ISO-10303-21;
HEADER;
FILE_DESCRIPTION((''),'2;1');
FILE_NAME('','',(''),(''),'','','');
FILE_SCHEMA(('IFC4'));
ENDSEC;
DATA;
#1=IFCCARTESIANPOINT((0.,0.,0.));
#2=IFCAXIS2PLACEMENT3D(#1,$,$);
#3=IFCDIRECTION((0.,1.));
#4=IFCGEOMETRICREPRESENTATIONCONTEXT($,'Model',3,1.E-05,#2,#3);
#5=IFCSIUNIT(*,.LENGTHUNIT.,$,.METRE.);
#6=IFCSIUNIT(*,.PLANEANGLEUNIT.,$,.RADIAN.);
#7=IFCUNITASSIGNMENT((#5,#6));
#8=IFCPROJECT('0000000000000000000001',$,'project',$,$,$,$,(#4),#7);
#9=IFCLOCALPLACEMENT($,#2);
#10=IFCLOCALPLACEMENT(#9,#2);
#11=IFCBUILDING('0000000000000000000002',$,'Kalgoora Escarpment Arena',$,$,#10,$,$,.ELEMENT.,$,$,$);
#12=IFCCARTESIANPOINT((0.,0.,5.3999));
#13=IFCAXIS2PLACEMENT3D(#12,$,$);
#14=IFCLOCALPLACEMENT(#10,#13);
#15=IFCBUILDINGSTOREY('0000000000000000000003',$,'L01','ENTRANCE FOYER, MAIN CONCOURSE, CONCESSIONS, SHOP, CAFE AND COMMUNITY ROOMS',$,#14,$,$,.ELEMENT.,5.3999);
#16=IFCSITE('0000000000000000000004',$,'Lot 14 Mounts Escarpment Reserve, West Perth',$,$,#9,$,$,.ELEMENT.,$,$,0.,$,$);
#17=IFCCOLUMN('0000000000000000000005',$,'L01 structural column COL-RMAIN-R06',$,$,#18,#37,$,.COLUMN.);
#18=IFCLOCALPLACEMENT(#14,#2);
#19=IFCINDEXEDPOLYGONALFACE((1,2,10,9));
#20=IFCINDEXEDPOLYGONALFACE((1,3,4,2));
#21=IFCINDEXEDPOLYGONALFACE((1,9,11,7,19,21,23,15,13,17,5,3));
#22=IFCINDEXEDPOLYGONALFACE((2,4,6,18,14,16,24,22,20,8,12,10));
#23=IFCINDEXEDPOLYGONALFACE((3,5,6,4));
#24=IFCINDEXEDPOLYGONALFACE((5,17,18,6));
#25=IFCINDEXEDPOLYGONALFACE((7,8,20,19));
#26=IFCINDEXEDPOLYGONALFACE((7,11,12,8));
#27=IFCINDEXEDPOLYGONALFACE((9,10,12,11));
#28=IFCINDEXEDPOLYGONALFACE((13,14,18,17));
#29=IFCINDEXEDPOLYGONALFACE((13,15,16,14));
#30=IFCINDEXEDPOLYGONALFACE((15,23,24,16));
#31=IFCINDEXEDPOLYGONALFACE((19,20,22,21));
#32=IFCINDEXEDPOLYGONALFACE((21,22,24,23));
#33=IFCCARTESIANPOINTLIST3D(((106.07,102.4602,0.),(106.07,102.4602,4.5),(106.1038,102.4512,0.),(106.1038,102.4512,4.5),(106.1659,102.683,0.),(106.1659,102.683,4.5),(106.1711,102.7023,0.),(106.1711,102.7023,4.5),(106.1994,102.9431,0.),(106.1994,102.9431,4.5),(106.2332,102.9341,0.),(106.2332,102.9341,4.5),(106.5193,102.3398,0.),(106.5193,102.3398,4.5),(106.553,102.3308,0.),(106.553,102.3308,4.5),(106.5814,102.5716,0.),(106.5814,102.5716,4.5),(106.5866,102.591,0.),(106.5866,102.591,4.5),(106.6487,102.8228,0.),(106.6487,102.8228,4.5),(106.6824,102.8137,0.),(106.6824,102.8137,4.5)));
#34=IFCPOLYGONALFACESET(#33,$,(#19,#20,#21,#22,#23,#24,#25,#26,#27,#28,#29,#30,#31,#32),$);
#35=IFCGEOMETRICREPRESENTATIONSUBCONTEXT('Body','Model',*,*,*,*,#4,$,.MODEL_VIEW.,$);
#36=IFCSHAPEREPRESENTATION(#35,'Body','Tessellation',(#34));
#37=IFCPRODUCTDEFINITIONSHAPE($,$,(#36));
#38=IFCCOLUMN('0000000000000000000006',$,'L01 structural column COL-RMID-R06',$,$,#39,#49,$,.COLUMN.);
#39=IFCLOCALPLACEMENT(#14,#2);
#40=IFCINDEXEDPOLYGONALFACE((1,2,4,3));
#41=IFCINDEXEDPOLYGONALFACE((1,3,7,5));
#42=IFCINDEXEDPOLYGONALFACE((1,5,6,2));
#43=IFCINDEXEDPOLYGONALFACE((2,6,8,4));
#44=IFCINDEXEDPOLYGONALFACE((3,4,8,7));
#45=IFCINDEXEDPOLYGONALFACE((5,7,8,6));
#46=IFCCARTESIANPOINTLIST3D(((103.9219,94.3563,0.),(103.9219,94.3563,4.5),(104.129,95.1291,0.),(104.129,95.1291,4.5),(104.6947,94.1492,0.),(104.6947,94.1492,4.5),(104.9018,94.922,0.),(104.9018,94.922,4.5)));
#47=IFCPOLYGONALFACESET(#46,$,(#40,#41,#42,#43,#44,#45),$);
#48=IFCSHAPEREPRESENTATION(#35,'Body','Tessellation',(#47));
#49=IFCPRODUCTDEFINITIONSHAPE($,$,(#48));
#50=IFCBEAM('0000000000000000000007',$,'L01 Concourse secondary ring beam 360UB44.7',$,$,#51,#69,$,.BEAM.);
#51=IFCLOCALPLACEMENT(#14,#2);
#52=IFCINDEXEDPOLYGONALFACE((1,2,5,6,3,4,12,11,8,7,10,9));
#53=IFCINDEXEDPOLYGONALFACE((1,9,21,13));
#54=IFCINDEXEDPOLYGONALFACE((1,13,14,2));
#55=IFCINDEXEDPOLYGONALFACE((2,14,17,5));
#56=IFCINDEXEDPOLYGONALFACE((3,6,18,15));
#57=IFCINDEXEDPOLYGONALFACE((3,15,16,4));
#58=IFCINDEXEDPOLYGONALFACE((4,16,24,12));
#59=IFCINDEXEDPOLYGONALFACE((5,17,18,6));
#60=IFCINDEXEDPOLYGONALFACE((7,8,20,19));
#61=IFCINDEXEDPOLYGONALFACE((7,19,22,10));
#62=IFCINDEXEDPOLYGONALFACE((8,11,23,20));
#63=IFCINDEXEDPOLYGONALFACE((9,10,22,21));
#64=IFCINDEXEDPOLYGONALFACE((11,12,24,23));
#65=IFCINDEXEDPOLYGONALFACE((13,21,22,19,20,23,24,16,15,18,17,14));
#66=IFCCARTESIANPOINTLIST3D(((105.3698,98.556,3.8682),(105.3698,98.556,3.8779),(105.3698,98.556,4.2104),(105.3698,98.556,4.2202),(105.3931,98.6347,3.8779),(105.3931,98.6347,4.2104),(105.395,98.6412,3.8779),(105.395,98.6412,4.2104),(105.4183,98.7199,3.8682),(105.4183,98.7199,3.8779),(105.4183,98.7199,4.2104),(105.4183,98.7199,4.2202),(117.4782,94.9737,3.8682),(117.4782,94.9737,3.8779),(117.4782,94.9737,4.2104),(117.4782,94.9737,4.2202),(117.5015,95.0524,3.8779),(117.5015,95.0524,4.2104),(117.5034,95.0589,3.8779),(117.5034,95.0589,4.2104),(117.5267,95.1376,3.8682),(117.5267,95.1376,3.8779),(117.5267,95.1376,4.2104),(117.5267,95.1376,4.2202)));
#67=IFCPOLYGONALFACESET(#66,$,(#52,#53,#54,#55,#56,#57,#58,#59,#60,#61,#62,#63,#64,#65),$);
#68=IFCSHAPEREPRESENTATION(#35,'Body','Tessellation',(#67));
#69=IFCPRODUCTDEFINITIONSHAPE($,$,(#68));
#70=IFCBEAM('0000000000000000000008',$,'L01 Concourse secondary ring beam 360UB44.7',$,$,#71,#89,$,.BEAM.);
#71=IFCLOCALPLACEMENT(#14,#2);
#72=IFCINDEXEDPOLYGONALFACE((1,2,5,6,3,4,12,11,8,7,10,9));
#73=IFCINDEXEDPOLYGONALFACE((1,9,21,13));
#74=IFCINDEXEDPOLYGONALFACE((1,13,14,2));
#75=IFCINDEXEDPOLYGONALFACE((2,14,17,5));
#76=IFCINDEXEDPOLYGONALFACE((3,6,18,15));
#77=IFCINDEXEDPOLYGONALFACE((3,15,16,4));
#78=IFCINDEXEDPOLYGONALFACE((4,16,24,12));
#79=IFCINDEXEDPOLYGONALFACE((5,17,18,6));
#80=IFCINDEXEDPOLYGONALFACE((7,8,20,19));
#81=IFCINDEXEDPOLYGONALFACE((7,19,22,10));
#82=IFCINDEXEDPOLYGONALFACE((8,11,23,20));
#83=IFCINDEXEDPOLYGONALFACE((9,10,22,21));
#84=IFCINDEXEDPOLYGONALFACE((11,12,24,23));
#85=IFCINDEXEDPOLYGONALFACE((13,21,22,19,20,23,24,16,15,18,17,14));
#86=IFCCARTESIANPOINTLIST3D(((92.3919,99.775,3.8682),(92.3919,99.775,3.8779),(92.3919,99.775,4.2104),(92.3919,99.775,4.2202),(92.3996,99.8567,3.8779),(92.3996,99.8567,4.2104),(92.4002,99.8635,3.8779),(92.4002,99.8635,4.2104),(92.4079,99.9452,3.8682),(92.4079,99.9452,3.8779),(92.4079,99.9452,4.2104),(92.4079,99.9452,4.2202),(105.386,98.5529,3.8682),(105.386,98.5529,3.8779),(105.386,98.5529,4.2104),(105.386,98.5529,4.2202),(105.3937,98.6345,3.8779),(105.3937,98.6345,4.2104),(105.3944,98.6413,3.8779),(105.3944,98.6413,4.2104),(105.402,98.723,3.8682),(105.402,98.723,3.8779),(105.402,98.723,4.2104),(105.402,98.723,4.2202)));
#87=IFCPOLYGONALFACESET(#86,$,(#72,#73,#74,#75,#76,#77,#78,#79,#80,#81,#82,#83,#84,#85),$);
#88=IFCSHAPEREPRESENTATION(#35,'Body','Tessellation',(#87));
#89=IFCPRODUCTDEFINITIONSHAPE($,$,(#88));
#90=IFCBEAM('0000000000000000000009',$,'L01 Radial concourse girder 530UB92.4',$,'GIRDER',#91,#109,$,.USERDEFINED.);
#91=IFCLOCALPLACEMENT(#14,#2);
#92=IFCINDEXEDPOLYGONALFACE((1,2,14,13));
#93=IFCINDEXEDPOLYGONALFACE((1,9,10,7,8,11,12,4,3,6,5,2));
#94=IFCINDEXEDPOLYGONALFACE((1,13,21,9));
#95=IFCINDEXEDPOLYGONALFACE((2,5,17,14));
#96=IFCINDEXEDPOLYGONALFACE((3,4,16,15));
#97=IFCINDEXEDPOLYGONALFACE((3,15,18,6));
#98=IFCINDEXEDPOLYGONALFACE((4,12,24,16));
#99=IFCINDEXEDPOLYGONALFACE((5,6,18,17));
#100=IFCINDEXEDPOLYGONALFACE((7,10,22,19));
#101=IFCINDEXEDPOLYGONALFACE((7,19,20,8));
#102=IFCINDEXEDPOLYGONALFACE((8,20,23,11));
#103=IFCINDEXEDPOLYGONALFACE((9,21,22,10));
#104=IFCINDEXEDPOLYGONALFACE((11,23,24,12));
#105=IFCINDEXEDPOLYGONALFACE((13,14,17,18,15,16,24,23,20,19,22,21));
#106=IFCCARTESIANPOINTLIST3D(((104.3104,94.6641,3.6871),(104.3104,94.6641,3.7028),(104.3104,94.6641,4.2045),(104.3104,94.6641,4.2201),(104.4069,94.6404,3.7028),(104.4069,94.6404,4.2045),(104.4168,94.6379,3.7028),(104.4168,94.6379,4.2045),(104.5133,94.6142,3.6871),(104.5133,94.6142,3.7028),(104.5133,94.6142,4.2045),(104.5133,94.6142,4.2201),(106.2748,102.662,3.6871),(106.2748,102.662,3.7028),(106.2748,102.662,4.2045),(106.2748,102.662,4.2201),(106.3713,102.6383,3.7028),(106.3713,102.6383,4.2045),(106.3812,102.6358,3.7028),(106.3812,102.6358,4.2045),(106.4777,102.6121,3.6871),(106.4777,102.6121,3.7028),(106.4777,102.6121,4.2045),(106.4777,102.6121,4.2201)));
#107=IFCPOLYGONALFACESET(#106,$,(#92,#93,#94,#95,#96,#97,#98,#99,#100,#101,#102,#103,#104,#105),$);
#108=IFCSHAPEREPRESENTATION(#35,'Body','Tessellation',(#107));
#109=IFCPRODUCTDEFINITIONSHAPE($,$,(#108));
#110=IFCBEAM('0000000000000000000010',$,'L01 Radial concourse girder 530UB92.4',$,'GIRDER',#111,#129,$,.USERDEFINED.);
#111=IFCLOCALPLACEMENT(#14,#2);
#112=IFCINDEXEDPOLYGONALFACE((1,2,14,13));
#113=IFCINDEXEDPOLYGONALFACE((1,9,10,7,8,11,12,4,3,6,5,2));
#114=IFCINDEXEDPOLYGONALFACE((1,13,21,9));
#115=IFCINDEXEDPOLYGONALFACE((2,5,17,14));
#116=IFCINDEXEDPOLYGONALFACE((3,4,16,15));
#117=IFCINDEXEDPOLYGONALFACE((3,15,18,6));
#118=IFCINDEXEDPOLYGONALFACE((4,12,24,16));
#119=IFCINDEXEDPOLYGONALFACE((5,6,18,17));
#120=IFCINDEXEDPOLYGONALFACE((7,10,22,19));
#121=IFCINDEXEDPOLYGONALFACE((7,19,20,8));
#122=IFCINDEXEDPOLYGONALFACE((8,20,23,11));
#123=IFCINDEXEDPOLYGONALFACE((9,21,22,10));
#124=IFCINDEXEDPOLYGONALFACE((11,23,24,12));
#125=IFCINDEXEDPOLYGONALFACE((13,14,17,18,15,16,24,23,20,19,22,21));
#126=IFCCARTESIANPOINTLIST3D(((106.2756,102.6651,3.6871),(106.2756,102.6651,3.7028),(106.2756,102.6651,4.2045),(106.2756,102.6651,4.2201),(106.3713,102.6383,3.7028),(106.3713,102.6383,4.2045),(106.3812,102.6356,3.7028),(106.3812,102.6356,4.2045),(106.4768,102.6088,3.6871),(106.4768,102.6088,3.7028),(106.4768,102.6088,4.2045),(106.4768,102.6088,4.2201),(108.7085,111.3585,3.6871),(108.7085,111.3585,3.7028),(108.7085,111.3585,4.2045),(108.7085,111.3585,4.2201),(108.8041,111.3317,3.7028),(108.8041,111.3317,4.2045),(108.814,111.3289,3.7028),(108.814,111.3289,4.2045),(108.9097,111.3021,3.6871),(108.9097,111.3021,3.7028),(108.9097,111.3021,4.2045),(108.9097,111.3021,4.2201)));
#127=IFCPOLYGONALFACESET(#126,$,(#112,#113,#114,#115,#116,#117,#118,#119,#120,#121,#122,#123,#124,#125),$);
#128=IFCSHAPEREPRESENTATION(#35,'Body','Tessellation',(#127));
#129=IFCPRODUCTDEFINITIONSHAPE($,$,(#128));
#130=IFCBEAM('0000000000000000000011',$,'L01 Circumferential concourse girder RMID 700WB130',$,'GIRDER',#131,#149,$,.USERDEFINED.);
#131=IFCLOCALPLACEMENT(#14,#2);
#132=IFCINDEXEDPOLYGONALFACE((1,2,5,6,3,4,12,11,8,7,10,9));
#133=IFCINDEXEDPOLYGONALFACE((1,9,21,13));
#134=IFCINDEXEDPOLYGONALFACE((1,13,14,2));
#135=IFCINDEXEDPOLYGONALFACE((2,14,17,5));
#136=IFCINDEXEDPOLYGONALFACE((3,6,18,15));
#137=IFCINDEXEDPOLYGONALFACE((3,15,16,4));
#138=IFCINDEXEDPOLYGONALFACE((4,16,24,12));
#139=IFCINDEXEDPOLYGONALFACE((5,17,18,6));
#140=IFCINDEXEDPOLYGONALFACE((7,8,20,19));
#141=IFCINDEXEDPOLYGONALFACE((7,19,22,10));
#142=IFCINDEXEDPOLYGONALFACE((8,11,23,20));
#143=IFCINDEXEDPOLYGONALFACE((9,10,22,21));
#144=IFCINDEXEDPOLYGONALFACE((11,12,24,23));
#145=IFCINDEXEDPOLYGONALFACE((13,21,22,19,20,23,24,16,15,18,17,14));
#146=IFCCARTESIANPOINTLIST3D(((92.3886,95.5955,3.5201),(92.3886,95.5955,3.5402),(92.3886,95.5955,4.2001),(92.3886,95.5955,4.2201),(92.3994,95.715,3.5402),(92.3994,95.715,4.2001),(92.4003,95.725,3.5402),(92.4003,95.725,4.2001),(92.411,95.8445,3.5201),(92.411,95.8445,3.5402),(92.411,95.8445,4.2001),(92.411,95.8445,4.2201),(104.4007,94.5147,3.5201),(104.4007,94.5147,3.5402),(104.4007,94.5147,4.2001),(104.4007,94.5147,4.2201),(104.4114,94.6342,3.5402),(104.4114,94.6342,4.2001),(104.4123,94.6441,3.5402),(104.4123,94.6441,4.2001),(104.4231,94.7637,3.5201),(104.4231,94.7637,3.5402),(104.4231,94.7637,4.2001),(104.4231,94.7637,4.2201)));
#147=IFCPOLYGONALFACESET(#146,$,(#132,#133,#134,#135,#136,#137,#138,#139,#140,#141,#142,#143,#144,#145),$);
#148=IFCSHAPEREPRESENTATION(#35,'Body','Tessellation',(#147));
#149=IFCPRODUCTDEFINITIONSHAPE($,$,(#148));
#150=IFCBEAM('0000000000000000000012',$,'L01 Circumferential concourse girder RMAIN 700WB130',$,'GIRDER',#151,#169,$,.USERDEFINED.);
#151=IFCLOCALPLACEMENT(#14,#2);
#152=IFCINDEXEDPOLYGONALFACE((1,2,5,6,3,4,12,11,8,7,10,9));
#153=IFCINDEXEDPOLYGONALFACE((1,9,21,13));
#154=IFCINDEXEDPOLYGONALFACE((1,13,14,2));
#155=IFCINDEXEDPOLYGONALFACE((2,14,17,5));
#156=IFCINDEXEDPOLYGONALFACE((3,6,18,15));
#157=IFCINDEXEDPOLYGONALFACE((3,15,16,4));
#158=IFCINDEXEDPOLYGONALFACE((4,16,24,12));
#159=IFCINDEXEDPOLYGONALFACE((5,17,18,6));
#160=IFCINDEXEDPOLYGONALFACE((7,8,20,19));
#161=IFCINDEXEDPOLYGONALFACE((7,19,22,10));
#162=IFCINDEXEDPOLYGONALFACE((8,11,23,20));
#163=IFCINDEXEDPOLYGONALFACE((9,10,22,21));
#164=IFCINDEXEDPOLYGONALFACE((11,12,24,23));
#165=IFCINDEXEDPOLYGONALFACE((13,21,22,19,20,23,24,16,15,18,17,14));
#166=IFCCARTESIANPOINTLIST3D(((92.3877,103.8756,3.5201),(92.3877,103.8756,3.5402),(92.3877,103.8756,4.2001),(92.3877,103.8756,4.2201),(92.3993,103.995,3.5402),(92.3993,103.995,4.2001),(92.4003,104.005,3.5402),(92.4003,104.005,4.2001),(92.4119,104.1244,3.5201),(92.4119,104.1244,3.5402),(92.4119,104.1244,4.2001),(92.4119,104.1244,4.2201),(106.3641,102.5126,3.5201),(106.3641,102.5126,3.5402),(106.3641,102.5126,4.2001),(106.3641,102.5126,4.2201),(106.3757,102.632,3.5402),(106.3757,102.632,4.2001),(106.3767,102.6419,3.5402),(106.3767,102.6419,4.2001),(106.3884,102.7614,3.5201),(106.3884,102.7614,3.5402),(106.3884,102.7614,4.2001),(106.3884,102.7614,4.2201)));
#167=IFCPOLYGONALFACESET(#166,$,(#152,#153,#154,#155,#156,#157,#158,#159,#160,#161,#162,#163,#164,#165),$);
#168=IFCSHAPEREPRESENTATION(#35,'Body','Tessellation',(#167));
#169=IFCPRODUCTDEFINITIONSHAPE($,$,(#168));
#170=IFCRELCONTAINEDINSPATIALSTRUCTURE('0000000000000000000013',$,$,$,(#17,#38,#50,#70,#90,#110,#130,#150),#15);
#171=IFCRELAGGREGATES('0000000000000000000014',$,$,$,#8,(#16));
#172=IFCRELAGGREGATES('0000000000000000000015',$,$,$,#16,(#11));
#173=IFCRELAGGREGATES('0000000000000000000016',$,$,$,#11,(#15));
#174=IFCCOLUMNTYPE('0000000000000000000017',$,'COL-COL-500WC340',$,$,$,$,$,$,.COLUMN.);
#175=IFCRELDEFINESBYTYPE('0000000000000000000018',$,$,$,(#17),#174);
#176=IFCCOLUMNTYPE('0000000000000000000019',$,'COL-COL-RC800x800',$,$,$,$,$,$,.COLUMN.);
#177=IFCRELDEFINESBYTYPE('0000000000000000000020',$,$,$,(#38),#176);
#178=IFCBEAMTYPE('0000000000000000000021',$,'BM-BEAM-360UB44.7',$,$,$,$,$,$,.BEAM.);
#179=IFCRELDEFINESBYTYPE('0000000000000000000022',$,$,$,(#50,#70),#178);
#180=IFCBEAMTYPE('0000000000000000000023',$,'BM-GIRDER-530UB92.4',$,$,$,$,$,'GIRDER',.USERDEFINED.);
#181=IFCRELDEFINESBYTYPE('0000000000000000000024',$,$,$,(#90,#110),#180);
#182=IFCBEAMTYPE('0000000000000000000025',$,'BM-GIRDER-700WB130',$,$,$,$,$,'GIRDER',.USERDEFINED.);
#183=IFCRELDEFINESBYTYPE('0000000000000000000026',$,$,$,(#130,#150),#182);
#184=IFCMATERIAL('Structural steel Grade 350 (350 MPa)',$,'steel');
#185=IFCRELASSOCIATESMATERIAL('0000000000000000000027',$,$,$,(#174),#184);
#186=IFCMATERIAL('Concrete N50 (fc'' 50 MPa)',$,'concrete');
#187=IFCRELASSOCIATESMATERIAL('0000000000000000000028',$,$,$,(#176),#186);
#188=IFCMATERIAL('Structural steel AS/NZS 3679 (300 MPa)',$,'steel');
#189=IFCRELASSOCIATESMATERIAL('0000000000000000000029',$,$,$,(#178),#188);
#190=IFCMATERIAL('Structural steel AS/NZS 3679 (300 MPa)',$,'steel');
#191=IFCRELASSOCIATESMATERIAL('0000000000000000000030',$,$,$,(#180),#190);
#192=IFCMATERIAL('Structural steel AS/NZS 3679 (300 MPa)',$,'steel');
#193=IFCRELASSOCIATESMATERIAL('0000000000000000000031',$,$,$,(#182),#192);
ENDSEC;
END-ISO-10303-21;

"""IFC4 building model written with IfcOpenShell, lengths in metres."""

from ifc_helpers import new_model, si_unit, direction, frame, origin, origin_2d, place, context, subcontext, project, spatial, rectangle, i_section, extrude, material, material_profile, profile_set, type_object, element, save


model = new_model("IFC4")

# Units and contexts
model_context = context("Model", 3, precision=1e-05, world=origin(), true_north=direction((0.0, 1.0)))
body_context = subcontext(model_context, "Body", "Model", "MODEL_VIEW")
ifc_project = project(units=[si_unit("LENGTHUNIT", "METRE"), si_unit("PLANEANGLEUNIT", "RADIAN")], contexts=[model_context])

# Site, building, storey
site_placement = place(None, origin())
site = spatial("IfcSite", under=ifc_project, at=site_placement, Name="Lot 14 Mounts Escarpment Reserve, West Perth", CompositionType="ELEMENT", RefElevation=0.0)
building_placement = place(site_placement, origin())
building = spatial("IfcBuilding", under=site, at=building_placement, Name="Kalgoora Escarpment Arena", CompositionType="ELEMENT")
storey_placement = place(building_placement, frame((0.0, 0.0, 5.3999)))
storey = spatial("IfcBuildingStorey", under=building, at=storey_placement, Name="L01", Description="ENTRANCE FOYER, MAIN CONCOURSE, CONCESSIONS, SHOP, CAFE AND COMMUNITY ROOMS", CompositionType="ELEMENT", Elevation=5.3999)

# Columns
ifc_material_1 = material(Name="Structural steel Grade 350 (350 MPa)", Category="steel")
ifc_material_profile_1 = material_profile(ifc_material_1, i_section(OverallWidth=0.5, OverallDepth=0.5, WebThickness=0.02, FlangeThickness=0.0349, at=origin_2d()))
ifc_profile_set_1 = profile_set([ifc_material_profile_1], Name="Structural steel Grade 350 (350 MPa)")
column_type_1 = type_object("IfcColumnType", Name="COL-COL-500WC340", PredefinedType="COLUMN", material=ifc_profile_set_1)
column_1_placement = place(storey_placement, frame((106.3762, 102.637, 0.0), z_axis=(0.0, 0.0, 1.0), x_axis=(0.258819, 0.965926, 0.0)))
element("IfcColumn", 1, at=column_1_placement, inside=storey, type_object=column_type_1, Name="L01 structural column COL-RMAIN-R06", PredefinedType="COLUMN", context=body_context, shape_type="SweptSolid", body=[
    extrude(i_section(OverallWidth=0.5, OverallDepth=0.5, WebThickness=0.02, FlangeThickness=0.0349, at=origin_2d()), origin(), (0.0, 0.0, 1.0), 4.5),
])
ifc_material_2 = material(Name="Concrete N50 (fc' 50 MPa)", Category="concrete")
ifc_material_profile_2 = material_profile(ifc_material_2, rectangle(XDim=0.8, YDim=0.8, at=origin_2d()))
ifc_profile_set_2 = profile_set([ifc_material_profile_2], Name="Concrete N50 (fc' 50 MPa)")
column_type_2 = type_object("IfcColumnType", Name="COL-COL-RC800x800", PredefinedType="COLUMN", material=ifc_profile_set_2)
column_2_placement = place(storey_placement, frame((104.4119, 94.6392, 0.0), z_axis=(0.0, 0.0, 1.0), x_axis=(0.258819, 0.965926, 0.0)))
element("IfcColumn", 2, at=column_2_placement, inside=storey, type_object=column_type_2, Name="L01 structural column COL-RMID-R06", PredefinedType="COLUMN", context=body_context, shape_type="SweptSolid", body=[
    extrude(rectangle(XDim=0.8, YDim=0.8, at=origin_2d()), origin(), (0.0, 0.0, 1.0), 4.5),
])

# Beams
ifc_material_3 = material(Name="Structural steel AS/NZS 3679 (300 MPa)", Category="steel")
ifc_material_profile_3 = material_profile(ifc_material_3, i_section(OverallWidth=0.1709, OverallDepth=0.3521, WebThickness=0.0068, FlangeThickness=0.0098, at=origin_2d()))
ifc_profile_set_3 = profile_set([ifc_material_profile_3], Name="Structural steel AS/NZS 3679 (300 MPa)")
beam_type_1 = type_object("IfcBeamType", Name="BM-BEAM-360UB44.7", PredefinedType="BEAM", material=ifc_profile_set_3)
beam_1_placement = place(storey_placement, frame((117.5024, 95.0557, 4.0442), z_axis=(-0.958914, 0.283695, 0.0), x_axis=(-0.283695, -0.958914, 0.0)))
element("IfcBeam", 3, at=beam_1_placement, inside=storey, type_object=beam_type_1, Name="L01 Concourse secondary ring beam 360UB44.7", PredefinedType="BEAM", context=body_context, shape_type="SweptSolid", body=[
    extrude(i_section(OverallWidth=0.1709, OverallDepth=0.3521, WebThickness=0.0068, FlangeThickness=0.0098, at=origin_2d()), origin(), (0.0, 0.0, 1.0), 12.6272),
])
beam_2_placement = place(storey_placement, frame((105.394, 98.6379, 4.0442), z_axis=(-0.995606, 0.093642, 0.0), x_axis=(-0.093642, -0.995606, 0.0)))
element("IfcBeam", 4, at=beam_2_placement, inside=storey, type_object=beam_type_1, Name="L01 Concourse secondary ring beam 360UB44.7", PredefinedType="BEAM", context=body_context, shape_type="SweptSolid", body=[
    extrude(i_section(OverallWidth=0.1709, OverallDepth=0.3521, WebThickness=0.0068, FlangeThickness=0.0098, at=origin_2d()), origin(), (0.0, 0.0, 1.0), 13.0515),
])
ifc_material_4 = material(Name="Structural steel AS/NZS 3679 (300 MPa)", Category="steel")
ifc_material_profile_4 = material_profile(ifc_material_4, i_section(OverallWidth=0.209, OverallDepth=0.533, WebThickness=0.0103, FlangeThickness=0.0156, at=origin_2d()))
ifc_profile_set_4 = profile_set([ifc_material_profile_4], Name="Structural steel AS/NZS 3679 (300 MPa)")
beam_type_2 = type_object("IfcBeamType", Name="BM-GIRDER-530UB92.4", ElementType="GIRDER", PredefinedType="USERDEFINED", material=ifc_profile_set_4)
beam_3_placement = place(storey_placement, frame((104.4119, 94.6392, 3.9536), z_axis=(0.238523, 0.971137, 0.0), x_axis=(-0.971137, 0.238523, 0.0)))
element("IfcBeam", 5, at=beam_3_placement, inside=storey, type_object=beam_type_2, Name="L01 Radial concourse girder 530UB92.4", ObjectType="GIRDER", PredefinedType="USERDEFINED", context=body_context, shape_type="SweptSolid", body=[
    extrude(i_section(OverallWidth=0.209, OverallDepth=0.533, WebThickness=0.0103, FlangeThickness=0.0156, at=origin_2d()), origin(), (0.0, 0.0, 1.0), 8.2356),
])
beam_4_placement = place(storey_placement, frame((106.3762, 102.637, 3.9536), z_axis=(0.269499, 0.963001, 0.0), x_axis=(-0.963001, 0.269499, 0.0)))
element("IfcBeam", 6, at=beam_4_placement, inside=storey, type_object=beam_type_2, Name="L01 Radial concourse girder 530UB92.4", ObjectType="GIRDER", PredefinedType="USERDEFINED", context=body_context, shape_type="SweptSolid", body=[
    extrude(i_section(OverallWidth=0.209, OverallDepth=0.533, WebThickness=0.0103, FlangeThickness=0.0156, at=origin_2d()), origin(), (0.0, 0.0, 1.0), 9.0273),
])
ifc_material_5 = material(Name="Structural steel AS/NZS 3679 (300 MPa)", Category="steel")
ifc_material_profile_5 = material_profile(ifc_material_5, i_section(OverallWidth=0.25, OverallDepth=0.7, WebThickness=0.01, FlangeThickness=0.02, at=origin_2d()))
ifc_profile_set_5 = profile_set([ifc_material_profile_5], Name="Structural steel AS/NZS 3679 (300 MPa)")
beam_type_3 = type_object("IfcBeamType", Name="BM-GIRDER-700WB130", ElementType="GIRDER", PredefinedType="USERDEFINED", material=ifc_profile_set_5)
beam_5_placement = place(storey_placement, frame((104.4119, 94.6392, 3.8701), z_axis=(-0.995976, 0.089616, 0.0), x_axis=(-0.089616, -0.995976, 0.0)))
element("IfcBeam", 7, at=beam_5_placement, inside=storey, type_object=beam_type_3, Name="L01 Circumferential concourse girder RMID 700WB130", ObjectType="GIRDER", PredefinedType="USERDEFINED", context=body_context, shape_type="SweptSolid", body=[
    extrude(i_section(OverallWidth=0.25, OverallDepth=0.7, WebThickness=0.01, FlangeThickness=0.02, at=origin_2d()), origin(), (0.0, 0.0, 1.0), 12.0605),
])
beam_6_placement = place(storey_placement, frame((106.3762, 102.637, 3.8701), z_axis=(-0.995278, 0.097064, 0.0), x_axis=(-0.097064, -0.995278, 0.0)))
element("IfcBeam", 8, at=beam_6_placement, inside=storey, type_object=beam_type_3, Name="L01 Circumferential concourse girder RMAIN 700WB130", ObjectType="GIRDER", PredefinedType="USERDEFINED", context=body_context, shape_type="SweptSolid", body=[
    extrude(i_section(OverallWidth=0.25, OverallDepth=0.7, WebThickness=0.01, FlangeThickness=0.02, at=origin_2d()), origin(), (0.0, 0.0, 1.0), 14.0427),
])

save(model, "model.ifc")
